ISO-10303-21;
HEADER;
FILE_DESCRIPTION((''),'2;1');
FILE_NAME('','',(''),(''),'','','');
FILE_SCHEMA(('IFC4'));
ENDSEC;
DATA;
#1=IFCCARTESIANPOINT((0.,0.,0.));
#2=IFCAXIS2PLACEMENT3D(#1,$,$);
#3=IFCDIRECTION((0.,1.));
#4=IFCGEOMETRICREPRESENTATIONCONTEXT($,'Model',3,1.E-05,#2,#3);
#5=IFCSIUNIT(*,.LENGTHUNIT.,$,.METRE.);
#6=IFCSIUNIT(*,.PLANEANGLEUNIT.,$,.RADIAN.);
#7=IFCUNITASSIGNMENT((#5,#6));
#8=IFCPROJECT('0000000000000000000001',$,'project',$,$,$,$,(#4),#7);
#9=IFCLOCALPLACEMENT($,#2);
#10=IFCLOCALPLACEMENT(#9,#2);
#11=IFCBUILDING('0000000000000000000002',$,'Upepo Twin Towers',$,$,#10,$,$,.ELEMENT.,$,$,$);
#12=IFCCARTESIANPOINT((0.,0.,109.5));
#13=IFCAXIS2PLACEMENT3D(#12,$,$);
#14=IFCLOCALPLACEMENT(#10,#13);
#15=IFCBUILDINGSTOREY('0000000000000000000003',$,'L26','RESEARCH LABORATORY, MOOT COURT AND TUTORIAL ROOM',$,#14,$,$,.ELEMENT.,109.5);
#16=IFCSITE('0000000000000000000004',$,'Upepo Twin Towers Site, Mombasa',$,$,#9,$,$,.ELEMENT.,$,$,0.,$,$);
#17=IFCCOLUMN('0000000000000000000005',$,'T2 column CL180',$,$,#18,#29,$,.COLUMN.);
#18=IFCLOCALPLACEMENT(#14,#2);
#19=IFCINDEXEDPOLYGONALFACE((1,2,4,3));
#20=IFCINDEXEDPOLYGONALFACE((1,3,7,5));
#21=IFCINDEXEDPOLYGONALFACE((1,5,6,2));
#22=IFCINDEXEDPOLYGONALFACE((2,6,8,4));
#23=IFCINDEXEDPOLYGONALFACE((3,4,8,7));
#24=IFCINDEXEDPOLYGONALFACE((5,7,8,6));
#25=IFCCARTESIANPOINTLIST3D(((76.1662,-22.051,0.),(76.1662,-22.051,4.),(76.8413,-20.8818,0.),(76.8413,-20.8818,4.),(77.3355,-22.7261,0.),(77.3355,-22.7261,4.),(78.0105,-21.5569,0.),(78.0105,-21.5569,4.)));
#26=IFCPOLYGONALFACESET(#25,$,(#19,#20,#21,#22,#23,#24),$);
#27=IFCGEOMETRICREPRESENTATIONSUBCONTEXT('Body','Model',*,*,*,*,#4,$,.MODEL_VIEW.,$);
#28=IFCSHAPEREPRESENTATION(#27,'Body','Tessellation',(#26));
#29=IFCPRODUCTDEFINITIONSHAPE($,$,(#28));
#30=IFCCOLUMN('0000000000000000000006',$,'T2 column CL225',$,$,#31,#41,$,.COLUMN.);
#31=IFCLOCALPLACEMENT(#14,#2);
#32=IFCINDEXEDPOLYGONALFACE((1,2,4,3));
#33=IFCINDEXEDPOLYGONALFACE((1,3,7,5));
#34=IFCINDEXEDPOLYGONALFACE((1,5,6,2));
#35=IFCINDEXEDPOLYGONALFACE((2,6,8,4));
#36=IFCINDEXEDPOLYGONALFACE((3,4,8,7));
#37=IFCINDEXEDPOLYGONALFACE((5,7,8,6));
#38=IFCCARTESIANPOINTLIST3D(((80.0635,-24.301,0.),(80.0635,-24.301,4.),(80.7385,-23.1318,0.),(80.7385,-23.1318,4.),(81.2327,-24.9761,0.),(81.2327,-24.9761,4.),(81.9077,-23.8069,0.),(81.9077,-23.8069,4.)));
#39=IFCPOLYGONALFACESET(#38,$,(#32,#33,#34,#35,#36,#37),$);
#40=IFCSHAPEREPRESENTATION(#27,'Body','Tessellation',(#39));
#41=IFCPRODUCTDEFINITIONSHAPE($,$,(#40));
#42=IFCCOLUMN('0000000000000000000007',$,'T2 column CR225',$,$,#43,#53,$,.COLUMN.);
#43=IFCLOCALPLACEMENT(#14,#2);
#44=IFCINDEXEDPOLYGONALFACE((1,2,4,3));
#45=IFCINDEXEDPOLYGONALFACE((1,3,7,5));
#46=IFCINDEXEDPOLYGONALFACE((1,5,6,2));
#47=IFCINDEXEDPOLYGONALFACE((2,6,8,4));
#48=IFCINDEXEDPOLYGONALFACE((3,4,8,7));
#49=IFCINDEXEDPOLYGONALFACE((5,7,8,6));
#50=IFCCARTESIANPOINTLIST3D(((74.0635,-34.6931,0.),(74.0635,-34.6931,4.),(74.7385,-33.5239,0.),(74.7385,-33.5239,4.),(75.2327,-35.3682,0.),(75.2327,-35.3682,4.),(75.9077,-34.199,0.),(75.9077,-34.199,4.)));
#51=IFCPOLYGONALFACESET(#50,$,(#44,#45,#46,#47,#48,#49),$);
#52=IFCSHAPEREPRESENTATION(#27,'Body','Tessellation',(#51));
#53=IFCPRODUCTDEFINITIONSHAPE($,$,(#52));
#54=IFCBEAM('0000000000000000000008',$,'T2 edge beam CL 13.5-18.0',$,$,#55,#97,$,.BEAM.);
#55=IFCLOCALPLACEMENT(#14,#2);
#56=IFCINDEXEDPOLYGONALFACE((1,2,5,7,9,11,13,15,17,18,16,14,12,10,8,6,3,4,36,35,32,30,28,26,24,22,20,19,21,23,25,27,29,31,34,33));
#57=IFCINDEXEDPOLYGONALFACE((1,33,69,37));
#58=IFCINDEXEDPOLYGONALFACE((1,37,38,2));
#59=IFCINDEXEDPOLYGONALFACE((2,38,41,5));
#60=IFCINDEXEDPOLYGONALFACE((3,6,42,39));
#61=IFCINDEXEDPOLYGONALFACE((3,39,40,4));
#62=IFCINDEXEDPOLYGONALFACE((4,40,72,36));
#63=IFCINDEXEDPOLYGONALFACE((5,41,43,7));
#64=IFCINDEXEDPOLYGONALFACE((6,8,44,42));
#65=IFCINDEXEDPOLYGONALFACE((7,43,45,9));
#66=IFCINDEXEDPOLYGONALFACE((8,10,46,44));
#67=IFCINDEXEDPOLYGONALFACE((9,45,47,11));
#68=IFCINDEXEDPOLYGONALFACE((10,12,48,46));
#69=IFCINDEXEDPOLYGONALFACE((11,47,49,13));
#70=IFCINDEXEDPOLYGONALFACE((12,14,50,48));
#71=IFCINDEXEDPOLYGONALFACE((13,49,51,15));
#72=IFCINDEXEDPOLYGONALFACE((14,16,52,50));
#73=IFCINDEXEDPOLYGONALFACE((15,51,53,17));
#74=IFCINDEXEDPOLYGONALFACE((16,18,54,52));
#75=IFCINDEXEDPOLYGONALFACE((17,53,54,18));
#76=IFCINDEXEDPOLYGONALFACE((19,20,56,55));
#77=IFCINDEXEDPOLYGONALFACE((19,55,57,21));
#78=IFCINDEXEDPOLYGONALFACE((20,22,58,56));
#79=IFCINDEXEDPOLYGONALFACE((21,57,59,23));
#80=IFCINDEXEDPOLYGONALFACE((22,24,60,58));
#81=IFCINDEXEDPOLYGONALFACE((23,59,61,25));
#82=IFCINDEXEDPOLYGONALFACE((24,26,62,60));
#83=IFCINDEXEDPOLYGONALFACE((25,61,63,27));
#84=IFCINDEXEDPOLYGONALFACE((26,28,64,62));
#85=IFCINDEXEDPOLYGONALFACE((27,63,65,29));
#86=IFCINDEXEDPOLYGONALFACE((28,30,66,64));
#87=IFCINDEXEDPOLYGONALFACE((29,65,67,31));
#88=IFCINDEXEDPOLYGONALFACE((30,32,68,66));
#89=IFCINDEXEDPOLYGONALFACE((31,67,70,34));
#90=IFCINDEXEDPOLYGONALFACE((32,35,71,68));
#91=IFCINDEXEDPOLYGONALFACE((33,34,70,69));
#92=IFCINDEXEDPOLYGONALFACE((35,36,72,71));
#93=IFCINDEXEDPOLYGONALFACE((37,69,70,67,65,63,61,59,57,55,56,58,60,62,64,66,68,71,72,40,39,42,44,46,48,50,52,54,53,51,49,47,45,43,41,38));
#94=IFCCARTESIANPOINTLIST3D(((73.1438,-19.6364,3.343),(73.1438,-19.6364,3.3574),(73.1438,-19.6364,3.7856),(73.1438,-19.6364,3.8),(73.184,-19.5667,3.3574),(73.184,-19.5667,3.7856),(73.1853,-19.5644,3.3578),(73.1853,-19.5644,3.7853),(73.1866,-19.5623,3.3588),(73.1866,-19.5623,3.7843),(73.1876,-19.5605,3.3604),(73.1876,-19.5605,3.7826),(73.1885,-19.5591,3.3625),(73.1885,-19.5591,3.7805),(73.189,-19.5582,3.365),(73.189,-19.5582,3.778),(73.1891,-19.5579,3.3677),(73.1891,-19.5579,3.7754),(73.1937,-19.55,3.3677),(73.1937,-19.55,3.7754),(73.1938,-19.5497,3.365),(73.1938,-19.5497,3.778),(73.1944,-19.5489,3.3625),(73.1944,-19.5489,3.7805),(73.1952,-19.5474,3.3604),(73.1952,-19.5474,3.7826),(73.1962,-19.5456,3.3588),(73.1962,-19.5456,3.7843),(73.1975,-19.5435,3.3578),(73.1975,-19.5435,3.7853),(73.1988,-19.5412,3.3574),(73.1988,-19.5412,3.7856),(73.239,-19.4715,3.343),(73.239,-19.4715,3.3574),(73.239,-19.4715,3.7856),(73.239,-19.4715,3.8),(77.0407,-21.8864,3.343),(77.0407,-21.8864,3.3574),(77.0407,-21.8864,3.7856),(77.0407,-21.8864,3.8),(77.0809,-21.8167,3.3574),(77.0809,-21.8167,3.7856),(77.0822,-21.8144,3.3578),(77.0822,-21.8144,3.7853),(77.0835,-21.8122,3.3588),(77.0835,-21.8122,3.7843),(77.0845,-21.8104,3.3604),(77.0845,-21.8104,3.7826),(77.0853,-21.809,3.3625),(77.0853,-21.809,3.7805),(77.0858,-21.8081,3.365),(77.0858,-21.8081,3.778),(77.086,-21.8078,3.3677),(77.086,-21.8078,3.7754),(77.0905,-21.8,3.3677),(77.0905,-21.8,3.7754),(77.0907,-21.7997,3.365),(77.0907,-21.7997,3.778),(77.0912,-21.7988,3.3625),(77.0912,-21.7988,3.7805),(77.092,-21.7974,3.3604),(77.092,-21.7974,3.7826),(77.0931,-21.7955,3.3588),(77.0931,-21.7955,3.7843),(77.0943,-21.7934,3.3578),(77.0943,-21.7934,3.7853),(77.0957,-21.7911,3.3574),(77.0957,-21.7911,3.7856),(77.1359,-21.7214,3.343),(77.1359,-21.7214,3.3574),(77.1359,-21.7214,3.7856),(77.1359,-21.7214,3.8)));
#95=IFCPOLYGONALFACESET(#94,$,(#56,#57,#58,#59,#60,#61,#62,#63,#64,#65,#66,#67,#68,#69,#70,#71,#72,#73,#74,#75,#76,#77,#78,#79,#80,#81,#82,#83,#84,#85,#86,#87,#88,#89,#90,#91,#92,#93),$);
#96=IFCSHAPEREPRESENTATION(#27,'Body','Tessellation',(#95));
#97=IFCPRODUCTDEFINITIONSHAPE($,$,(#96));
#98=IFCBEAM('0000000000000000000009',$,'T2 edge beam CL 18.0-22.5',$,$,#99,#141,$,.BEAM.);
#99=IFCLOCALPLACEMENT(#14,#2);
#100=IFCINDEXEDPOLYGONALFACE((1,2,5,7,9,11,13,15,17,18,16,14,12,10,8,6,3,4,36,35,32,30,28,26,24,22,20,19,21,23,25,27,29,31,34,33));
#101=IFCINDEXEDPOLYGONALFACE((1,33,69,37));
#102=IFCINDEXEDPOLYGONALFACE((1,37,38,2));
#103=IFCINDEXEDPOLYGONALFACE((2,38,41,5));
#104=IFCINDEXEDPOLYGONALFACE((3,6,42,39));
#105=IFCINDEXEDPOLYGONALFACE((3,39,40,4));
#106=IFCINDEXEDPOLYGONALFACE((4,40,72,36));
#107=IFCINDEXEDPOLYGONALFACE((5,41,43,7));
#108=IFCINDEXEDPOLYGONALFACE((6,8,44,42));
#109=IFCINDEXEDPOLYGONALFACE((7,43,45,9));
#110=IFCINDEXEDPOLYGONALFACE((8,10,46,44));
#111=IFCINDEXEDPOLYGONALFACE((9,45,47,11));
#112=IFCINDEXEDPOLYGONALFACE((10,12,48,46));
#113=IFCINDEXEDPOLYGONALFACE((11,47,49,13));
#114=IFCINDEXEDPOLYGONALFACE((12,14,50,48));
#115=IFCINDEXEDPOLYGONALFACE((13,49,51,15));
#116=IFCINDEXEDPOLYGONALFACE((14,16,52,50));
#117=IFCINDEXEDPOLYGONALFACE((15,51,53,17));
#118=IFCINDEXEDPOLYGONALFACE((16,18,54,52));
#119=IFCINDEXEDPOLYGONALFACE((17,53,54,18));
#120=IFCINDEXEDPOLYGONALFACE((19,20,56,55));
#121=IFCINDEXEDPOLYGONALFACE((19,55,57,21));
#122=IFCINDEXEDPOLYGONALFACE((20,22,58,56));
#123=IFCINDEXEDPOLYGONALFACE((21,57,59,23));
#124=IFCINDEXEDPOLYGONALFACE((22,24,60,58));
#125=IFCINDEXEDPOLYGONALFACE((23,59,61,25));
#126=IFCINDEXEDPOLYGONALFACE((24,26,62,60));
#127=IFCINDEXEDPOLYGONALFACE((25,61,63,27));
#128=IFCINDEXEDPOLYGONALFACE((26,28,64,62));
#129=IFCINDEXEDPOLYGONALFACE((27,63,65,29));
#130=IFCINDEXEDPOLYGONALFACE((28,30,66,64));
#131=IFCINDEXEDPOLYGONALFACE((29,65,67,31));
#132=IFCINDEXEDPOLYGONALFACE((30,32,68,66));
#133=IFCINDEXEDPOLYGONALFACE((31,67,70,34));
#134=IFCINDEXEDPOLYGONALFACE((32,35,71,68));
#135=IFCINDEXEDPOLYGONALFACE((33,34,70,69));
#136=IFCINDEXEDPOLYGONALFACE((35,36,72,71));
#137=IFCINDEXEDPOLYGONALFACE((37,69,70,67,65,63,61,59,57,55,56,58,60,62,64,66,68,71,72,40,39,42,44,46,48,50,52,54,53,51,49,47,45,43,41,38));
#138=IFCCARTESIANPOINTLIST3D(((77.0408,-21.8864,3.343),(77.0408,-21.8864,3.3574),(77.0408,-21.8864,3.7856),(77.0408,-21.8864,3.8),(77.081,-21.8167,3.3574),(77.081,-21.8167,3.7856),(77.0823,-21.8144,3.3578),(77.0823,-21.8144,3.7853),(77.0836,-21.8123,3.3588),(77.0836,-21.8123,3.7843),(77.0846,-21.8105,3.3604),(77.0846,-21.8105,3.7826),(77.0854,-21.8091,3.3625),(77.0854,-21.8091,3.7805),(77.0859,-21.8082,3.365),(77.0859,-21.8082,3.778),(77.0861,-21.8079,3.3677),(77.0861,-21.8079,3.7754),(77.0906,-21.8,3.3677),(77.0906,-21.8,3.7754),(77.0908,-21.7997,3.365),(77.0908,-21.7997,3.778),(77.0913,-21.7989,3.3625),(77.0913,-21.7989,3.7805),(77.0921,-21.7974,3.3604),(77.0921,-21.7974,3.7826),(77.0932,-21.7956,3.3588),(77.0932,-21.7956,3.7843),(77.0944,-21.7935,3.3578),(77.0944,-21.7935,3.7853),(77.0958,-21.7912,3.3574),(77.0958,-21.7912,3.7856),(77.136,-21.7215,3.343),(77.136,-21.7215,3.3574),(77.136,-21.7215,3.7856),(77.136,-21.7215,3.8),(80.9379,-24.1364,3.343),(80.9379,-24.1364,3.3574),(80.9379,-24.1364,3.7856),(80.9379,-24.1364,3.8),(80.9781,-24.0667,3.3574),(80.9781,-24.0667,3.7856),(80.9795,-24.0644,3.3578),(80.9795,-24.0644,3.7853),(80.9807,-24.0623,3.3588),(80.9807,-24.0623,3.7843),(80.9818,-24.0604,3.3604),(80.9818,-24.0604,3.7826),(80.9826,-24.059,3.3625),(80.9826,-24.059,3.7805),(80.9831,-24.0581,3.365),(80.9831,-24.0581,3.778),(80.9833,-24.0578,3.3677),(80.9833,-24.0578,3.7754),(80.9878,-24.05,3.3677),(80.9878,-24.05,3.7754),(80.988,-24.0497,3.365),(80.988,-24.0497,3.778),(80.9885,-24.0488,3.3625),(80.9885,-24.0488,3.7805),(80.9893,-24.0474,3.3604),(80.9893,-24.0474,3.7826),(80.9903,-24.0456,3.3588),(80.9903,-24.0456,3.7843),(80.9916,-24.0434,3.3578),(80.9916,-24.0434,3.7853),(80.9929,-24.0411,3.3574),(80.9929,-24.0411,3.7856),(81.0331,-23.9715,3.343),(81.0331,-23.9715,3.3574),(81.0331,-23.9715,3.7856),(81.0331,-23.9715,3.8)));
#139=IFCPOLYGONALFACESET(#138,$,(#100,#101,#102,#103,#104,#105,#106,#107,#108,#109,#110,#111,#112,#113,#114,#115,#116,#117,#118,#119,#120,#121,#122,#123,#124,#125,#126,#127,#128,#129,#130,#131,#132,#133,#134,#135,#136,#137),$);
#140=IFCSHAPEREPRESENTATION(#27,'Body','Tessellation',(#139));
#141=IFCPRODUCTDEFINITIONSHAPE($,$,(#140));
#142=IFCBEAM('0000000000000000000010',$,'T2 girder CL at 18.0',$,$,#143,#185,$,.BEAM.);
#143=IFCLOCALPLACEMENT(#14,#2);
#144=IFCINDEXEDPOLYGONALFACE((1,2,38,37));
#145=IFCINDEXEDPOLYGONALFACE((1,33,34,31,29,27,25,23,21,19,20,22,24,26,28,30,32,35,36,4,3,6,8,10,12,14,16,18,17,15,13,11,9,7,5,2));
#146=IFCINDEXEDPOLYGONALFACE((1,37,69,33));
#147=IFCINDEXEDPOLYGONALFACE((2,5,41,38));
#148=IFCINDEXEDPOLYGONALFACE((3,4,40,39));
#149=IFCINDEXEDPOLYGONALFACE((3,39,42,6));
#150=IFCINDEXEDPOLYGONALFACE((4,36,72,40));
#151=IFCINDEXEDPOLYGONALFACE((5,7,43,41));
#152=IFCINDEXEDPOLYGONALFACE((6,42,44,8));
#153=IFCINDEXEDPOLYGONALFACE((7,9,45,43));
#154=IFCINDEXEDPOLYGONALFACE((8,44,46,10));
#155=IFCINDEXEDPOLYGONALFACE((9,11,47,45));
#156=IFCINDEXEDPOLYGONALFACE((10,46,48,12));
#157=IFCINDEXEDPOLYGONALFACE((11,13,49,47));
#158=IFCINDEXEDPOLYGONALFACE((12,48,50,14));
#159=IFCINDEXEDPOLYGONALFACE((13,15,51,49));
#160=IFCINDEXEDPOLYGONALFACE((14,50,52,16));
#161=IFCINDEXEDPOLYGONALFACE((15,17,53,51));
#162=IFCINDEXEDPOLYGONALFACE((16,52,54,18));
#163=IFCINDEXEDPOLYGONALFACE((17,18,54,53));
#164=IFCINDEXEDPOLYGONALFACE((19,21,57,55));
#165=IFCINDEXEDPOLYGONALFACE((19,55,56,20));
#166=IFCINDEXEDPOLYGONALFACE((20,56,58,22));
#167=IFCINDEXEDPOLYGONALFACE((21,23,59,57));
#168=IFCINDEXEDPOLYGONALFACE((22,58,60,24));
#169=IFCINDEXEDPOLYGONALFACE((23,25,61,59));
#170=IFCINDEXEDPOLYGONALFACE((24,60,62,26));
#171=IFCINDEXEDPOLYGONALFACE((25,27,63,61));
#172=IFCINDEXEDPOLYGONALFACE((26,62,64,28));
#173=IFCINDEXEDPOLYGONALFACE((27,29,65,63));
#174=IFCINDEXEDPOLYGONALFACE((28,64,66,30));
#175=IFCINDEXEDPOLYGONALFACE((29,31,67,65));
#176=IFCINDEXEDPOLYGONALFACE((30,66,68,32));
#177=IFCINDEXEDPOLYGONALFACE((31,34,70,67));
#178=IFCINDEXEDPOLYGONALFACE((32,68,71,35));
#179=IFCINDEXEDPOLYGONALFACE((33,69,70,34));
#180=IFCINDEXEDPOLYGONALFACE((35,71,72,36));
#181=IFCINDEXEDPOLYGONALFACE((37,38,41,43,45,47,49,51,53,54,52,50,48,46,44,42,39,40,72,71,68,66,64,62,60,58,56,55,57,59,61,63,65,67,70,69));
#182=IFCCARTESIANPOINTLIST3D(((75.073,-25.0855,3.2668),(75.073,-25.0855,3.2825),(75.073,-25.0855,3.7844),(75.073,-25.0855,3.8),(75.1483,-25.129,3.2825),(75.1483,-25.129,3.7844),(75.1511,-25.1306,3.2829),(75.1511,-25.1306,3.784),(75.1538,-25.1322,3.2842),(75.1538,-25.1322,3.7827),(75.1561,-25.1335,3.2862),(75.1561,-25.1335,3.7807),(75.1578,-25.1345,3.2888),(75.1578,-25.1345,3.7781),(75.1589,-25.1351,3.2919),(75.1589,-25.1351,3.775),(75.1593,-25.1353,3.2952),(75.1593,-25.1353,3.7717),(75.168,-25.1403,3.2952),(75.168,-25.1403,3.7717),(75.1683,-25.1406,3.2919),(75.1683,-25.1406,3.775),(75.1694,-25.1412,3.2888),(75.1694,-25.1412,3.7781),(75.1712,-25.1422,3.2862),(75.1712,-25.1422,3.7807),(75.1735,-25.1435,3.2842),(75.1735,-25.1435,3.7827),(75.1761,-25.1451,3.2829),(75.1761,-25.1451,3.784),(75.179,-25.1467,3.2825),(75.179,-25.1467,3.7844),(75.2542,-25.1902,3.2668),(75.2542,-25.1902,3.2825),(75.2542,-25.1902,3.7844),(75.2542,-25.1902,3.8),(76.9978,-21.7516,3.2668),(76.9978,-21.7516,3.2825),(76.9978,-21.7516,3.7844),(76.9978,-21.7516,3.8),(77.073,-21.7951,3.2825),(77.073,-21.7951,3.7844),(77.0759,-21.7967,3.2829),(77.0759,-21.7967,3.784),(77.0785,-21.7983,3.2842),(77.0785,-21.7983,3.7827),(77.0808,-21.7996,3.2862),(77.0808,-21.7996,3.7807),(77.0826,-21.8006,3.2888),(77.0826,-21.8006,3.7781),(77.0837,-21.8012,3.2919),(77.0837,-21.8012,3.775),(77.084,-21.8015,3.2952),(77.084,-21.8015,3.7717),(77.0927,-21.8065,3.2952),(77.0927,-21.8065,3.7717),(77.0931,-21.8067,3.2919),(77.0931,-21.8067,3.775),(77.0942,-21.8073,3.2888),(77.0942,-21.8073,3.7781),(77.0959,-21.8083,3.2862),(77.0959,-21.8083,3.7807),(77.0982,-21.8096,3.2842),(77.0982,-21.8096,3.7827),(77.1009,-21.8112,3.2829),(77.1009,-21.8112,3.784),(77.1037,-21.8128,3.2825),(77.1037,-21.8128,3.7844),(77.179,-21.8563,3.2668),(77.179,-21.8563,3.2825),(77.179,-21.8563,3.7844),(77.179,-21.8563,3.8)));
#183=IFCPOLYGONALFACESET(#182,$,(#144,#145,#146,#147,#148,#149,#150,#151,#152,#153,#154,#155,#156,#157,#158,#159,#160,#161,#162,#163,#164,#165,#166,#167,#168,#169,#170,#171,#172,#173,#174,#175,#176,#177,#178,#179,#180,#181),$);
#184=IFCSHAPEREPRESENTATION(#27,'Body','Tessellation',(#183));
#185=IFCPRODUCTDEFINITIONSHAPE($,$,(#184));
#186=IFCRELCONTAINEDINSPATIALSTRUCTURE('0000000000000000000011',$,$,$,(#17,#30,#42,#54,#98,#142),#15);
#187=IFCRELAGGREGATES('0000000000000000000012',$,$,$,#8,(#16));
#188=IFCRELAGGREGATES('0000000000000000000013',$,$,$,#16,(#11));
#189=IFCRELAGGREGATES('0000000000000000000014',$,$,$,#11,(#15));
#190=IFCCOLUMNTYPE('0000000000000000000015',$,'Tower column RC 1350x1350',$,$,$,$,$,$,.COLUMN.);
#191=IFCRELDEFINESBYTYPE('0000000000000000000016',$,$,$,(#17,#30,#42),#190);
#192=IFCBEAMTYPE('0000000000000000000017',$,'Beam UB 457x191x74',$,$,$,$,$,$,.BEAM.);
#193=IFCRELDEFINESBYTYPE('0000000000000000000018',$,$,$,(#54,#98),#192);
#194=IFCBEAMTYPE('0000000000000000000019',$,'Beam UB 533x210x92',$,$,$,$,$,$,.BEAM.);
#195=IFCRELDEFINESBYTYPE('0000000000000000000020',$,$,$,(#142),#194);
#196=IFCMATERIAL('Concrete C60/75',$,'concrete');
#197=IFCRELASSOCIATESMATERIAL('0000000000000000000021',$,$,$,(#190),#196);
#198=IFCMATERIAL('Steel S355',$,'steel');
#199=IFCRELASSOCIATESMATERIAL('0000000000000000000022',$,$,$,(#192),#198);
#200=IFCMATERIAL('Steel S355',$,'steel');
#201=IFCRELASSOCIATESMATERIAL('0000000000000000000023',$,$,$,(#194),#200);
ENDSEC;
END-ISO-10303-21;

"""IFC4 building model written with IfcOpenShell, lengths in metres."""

from ifc_helpers import new_model, si_unit, direction, frame, origin, origin_2d, place, context, subcontext, project, spatial, rectangle, i_section, extrude, material, material_profile, profile_set, type_object, element, save


model = new_model("IFC4")

# Units and contexts
model_context = context("Model", 3, precision=1e-05, world=origin(), true_north=direction((0.0, 1.0)))
body_context = subcontext(model_context, "Body", "Model", "MODEL_VIEW")
ifc_project = project(units=[si_unit("LENGTHUNIT", "METRE"), si_unit("PLANEANGLEUNIT", "RADIAN")], contexts=[model_context])

# Site, building, storey
site_placement = place(None, origin())
site = spatial("IfcSite", under=ifc_project, at=site_placement, Name="Upepo Twin Towers Site, Mombasa", CompositionType="ELEMENT", RefElevation=0.0)
building_placement = place(site_placement, origin())
building = spatial("IfcBuilding", under=site, at=building_placement, Name="Upepo Twin Towers", CompositionType="ELEMENT")
storey_placement = place(building_placement, frame((0.0, 0.0, 109.5)))
storey = spatial("IfcBuildingStorey", under=building, at=storey_placement, Name="L26", Description="RESEARCH LABORATORY, MOOT COURT AND TUTORIAL ROOM", CompositionType="ELEMENT", Elevation=109.5)

# Columns
ifc_material_1 = material(Name="Concrete C60/75", Category="concrete")
ifc_material_profile_1 = material_profile(ifc_material_1, rectangle(XDim=1.3501, YDim=1.3501, at=origin_2d()), Name="RC 1350x1350")
ifc_profile_set_1 = profile_set([ifc_material_profile_1], Name="Concrete C60/75")
column_type = type_object("IfcColumnType", Name="Tower column RC 1350x1350", PredefinedType="COLUMN", material=ifc_profile_set_1)
for number, where, z_axis, x_axis, name in (
    (1, (77.0884, -21.804, 0.0), (0.0, 0.0, 1.0), (0.5, 0.866025, 0.0), "T2 column CL180"),
    (2, (80.9856, -24.054, 0.0), (0.0, 0.0, 1.0), (0.5, 0.866025, 0.0), "T2 column CL225"),
    (3, (74.9856, -34.446, 0.0), (0.0, 0.0, 1.0), (0.5, 0.866025, 0.0), "T2 column CR225"),
):
    element("IfcColumn", number, at=place(storey_placement, frame(where, z_axis=z_axis, x_axis=x_axis)), inside=storey, type_object=column_type, Name=name, PredefinedType="COLUMN", context=body_context, shape_type="SweptSolid", body=[
        extrude(rectangle(XDim=1.3501, YDim=1.3501, at=origin_2d()), origin(), (0.0, 0.0, 1.0), 4.0),
    ])

# Beams
ifc_material_2 = material(Name="Steel S355", Category="steel")
ifc_material_profile_2 = material_profile(ifc_material_2, i_section(OverallWidth=0.1904, OverallDepth=0.457, WebThickness=0.009, FlangeThickness=0.0144, FilletRadius=0.0103, at=origin_2d()), Name="UB 457x191x74")
ifc_profile_set_2 = profile_set([ifc_material_profile_2], Name="Steel S355")
beam_type_1 = type_object("IfcBeamType", Name="Beam UB 457x191x74", PredefinedType="BEAM", material=ifc_profile_set_2)
beam_1_placement = place(storey_placement, frame((73.1914, -19.554, 3.5715), z_axis=(0.866018, -0.500014, 0.0), x_axis=(0.500014, 0.866018, 0.0)))
element("IfcBeam", 4, at=beam_1_placement, inside=storey, type_object=beam_type_1, Name="T2 edge beam CL 13.5-18.0", PredefinedType="BEAM", context=body_context, shape_type="SweptSolid", body=[
    extrude(i_section(OverallWidth=0.1904, OverallDepth=0.457, WebThickness=0.009, FlangeThickness=0.0144, FilletRadius=0.0103, at=origin_2d()), origin(), (0.0, 0.0, 1.0), 4.4998),
])
beam_2_placement = place(storey_placement, frame((77.0884, -21.804, 3.5715), z_axis=(0.866031, -0.49999, 0.0), x_axis=(0.49999, 0.866031, 0.0)))
element("IfcBeam", 5, at=beam_2_placement, inside=storey, type_object=beam_type_1, Name="T2 edge beam CL 18.0-22.5", PredefinedType="BEAM", context=body_context, shape_type="SweptSolid", body=[
    extrude(i_section(OverallWidth=0.1904, OverallDepth=0.457, WebThickness=0.009, FlangeThickness=0.0144, FilletRadius=0.0103, at=origin_2d()), origin(), (0.0, 0.0, 1.0), 4.5),
])
ifc_material_3 = material(Name="Steel S355", Category="steel")
ifc_material_profile_3 = material_profile(ifc_material_3, i_section(OverallWidth=0.2092, OverallDepth=0.5332, WebThickness=0.01, FlangeThickness=0.0156, FilletRadius=0.0127, at=origin_2d()), Name="UB 533x210x92")
ifc_profile_set_3 = profile_set([ifc_material_profile_3], Name="Steel S355")
beam_type_2 = type_object("IfcBeamType", Name="Beam UB 533x210x92", PredefinedType="BEAM", material=ifc_profile_set_3)
beam_3_placement = place(storey_placement, frame((77.0884, -21.804, 3.5334), z_axis=(-0.499986, -0.866034, 0.0), x_axis=(0.866034, -0.499986, 0.0)))
element("IfcBeam", 6, at=beam_3_placement, inside=storey, type_object=beam_type_2, Name="T2 girder CL at 18.0", PredefinedType="BEAM", context=body_context, shape_type="SweptSolid", body=[
    extrude(i_section(OverallWidth=0.2092, OverallDepth=0.5332, WebThickness=0.01, FlangeThickness=0.0156, FilletRadius=0.0127, at=origin_2d()), origin(), (0.0, 0.0, 1.0), 3.8496),
])

save(model, "model.ifc")
